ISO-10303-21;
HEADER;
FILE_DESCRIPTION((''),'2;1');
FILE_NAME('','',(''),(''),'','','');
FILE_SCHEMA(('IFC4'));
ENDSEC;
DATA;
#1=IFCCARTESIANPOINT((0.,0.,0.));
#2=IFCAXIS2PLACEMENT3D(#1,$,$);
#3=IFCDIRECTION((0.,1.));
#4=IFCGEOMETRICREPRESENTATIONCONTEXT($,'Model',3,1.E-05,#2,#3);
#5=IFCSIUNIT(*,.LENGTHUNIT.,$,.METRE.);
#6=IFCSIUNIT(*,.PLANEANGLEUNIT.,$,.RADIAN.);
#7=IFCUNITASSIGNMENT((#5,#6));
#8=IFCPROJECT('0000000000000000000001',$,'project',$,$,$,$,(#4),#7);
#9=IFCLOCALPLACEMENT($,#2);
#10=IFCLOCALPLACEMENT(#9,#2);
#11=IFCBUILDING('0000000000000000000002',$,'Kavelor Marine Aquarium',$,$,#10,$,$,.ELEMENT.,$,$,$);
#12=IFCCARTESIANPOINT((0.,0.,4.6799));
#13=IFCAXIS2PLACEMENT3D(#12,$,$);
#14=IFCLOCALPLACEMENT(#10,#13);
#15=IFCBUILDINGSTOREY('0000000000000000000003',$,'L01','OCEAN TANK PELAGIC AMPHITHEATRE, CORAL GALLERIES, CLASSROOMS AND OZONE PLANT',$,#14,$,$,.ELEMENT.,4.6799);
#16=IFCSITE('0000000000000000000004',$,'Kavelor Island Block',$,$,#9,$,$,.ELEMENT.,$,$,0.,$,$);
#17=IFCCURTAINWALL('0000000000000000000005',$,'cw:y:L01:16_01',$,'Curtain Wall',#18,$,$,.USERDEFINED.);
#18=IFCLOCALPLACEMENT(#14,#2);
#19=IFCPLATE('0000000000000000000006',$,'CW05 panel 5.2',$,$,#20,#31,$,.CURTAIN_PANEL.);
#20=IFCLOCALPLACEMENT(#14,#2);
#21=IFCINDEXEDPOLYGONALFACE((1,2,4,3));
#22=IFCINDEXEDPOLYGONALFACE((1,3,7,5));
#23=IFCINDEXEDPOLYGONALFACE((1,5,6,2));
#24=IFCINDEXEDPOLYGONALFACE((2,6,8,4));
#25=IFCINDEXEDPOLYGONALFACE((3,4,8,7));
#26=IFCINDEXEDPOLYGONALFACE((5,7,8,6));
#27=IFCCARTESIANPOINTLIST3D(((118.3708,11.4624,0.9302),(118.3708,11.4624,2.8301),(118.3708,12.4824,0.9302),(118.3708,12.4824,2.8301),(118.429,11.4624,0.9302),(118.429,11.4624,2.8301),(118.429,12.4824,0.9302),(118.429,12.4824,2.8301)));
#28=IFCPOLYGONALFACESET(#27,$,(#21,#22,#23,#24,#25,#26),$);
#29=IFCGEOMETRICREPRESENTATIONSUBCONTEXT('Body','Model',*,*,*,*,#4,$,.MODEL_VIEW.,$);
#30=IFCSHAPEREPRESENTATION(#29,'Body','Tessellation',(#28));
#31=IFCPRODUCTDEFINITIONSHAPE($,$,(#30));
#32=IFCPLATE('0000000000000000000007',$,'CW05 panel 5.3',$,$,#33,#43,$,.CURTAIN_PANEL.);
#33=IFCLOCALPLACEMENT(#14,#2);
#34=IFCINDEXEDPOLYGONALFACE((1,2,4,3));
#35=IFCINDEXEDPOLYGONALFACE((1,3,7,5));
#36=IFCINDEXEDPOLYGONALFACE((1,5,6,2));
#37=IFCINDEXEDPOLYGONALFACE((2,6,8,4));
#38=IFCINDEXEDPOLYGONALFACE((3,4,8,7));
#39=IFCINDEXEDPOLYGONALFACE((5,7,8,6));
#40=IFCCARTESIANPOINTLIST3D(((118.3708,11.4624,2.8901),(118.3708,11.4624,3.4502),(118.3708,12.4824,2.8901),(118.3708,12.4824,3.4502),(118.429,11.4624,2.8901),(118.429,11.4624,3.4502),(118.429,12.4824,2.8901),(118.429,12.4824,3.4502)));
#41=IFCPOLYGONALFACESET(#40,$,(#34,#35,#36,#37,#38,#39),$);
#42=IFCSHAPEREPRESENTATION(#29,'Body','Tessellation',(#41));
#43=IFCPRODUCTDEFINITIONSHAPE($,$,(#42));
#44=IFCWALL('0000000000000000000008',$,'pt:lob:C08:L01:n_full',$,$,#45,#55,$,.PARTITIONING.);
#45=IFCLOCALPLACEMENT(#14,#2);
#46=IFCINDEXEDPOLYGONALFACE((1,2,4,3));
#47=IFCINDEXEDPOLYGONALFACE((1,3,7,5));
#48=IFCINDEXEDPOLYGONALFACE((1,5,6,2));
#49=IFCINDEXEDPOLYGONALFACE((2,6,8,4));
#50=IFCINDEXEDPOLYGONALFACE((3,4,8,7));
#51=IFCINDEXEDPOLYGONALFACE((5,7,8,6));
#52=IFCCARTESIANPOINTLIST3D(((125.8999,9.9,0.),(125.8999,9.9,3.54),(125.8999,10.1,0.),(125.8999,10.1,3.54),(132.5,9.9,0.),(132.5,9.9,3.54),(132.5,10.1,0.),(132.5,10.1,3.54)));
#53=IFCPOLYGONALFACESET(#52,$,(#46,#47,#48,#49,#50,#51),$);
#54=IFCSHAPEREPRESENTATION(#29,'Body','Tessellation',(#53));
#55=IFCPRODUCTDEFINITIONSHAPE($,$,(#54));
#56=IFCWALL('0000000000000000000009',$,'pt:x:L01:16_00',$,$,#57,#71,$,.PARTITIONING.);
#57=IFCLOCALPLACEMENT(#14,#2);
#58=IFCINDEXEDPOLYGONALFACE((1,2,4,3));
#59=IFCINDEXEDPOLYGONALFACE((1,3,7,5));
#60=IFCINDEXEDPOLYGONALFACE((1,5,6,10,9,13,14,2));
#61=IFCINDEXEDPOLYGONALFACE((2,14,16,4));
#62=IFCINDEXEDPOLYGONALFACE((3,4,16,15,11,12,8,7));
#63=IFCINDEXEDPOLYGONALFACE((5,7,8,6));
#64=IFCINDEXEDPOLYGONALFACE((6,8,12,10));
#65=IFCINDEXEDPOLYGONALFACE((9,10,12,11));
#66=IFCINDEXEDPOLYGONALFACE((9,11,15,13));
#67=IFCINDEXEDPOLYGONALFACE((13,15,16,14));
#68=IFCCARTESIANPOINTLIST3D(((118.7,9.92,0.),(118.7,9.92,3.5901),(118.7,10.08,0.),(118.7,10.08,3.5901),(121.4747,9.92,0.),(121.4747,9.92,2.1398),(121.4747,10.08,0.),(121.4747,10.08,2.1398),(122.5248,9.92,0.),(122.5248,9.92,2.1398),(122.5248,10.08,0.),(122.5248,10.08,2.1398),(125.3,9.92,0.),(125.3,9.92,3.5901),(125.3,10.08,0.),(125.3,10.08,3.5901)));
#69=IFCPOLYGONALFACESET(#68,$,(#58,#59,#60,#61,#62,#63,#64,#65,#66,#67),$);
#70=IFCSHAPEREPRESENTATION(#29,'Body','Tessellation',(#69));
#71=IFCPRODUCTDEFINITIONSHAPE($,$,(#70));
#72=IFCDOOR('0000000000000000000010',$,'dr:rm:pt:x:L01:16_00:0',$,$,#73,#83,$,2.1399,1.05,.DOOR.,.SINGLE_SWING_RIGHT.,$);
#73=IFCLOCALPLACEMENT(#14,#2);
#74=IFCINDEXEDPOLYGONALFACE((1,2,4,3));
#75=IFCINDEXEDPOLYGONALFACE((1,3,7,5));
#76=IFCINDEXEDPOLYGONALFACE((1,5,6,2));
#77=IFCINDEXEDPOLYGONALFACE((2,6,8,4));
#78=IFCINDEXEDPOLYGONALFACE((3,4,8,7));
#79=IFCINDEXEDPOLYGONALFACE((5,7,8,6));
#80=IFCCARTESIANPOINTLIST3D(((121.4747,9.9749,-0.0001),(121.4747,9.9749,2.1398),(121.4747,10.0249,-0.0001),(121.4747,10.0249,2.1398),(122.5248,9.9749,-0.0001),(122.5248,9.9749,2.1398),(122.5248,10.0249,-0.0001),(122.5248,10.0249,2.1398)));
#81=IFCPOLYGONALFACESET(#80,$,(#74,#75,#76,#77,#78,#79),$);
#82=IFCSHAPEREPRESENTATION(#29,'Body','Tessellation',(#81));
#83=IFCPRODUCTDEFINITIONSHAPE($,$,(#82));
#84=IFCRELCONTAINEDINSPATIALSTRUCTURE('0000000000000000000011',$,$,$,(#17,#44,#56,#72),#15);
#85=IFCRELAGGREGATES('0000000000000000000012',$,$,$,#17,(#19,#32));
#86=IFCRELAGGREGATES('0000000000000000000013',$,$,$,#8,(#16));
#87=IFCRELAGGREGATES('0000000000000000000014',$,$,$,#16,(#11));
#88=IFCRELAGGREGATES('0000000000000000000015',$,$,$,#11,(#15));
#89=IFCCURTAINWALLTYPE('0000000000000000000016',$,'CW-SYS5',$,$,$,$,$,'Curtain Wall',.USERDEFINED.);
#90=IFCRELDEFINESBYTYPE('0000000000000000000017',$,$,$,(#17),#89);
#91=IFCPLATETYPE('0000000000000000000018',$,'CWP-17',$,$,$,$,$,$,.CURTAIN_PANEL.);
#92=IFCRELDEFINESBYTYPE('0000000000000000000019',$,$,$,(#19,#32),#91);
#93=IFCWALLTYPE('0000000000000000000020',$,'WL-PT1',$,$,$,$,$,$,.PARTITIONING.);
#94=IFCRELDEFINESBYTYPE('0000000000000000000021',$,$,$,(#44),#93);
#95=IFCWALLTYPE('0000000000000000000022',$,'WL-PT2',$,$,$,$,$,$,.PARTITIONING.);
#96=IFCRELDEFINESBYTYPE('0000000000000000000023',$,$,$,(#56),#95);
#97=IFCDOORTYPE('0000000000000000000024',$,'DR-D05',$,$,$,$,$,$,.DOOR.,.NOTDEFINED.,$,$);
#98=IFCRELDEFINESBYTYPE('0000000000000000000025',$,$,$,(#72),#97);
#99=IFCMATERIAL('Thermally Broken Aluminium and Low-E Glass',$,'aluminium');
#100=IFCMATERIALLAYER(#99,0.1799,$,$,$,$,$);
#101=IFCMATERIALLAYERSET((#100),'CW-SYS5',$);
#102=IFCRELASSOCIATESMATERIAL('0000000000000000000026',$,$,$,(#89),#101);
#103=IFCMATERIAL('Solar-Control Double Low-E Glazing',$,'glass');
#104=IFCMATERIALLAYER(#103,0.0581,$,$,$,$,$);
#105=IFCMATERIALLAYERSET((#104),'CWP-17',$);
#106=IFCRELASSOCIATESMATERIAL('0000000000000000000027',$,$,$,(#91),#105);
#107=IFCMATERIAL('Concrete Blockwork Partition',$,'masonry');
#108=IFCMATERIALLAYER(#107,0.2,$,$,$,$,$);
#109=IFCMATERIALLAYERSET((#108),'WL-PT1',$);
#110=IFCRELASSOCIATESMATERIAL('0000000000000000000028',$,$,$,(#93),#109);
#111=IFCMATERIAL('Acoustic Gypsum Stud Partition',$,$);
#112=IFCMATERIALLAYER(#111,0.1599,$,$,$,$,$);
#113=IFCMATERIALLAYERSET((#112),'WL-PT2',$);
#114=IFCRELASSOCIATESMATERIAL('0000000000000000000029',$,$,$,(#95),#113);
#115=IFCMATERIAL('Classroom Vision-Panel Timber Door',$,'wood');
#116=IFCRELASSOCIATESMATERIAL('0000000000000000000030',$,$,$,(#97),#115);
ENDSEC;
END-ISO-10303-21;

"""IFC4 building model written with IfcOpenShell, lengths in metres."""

from ifc_helpers import new_model, si_unit, direction, frame, frame_2d, origin, origin_2d, place, context, subcontext, project, spatial, rectangle, extrude, material, layer, layer_set, type_object, element, fill, aggregate, save


model = new_model("IFC4")

# Units and contexts
model_context = context("Model", 3, precision=1e-05, world=origin(), true_north=direction((0.0, 1.0)))
body_context = subcontext(model_context, "Body", "Model", "MODEL_VIEW")
ifc_project = project(units=[si_unit("LENGTHUNIT", "METRE"), si_unit("PLANEANGLEUNIT", "RADIAN")], contexts=[model_context])

# Site, building, storey
site_placement = place(None, origin())
site = spatial("IfcSite", under=ifc_project, at=site_placement, Name="Kavelor Island Block", CompositionType="ELEMENT", RefElevation=0.0)
building_placement = place(site_placement, origin())
building = spatial("IfcBuilding", under=site, at=building_placement, Name="Kavelor Marine Aquarium", CompositionType="ELEMENT")
storey_placement = place(building_placement, frame((0.0, 0.0, 4.6799)))
storey = spatial("IfcBuildingStorey", under=building, at=storey_placement, Name="L01", Description="OCEAN TANK PELAGIC AMPHITHEATRE, CORAL GALLERIES, CLASSROOMS AND OZONE PLANT", CompositionType="ELEMENT", Elevation=4.6799)

# Curtain wall
ifc_material_1 = material(Name="Thermally Broken Aluminium and Low-E Glass", Category="aluminium")
ifc_layer_1 = layer(ifc_material_1, 0.1799)
ifc_layer_set_1 = layer_set([ifc_layer_1], Name="CW-SYS5")
curtain_wall_type = type_object("IfcCurtainWallType", Name="CW-SYS5", ElementType="Curtain Wall", PredefinedType="USERDEFINED", material=ifc_layer_set_1)
curtain_wall_placement = place(storey_placement, origin())
curtain_wall = element("IfcCurtainWall", 1, at=curtain_wall_placement, inside=storey, type_object=curtain_wall_type, Name="cw:y:L01:16_01", ObjectType="Curtain Wall", PredefinedType="USERDEFINED")

# Plates
ifc_material_2 = material(Name="Solar-Control Double Low-E Glazing", Category="glass")
ifc_layer_2 = layer(ifc_material_2, 0.0581)
ifc_layer_set_2 = layer_set([ifc_layer_2], Name="CWP-17")
plate_type = type_object("IfcPlateType", Name="CWP-17", PredefinedType="CURTAIN_PANEL", material=ifc_layer_set_2)
plate_1_placement = place(storey_placement, frame((118.3999, 11.9724, 0.9302), z_axis=(0.0, 0.0, 1.0), x_axis=(0.0, -1.0, 0.0)))
plate_1 = element("IfcPlate", 2, at=plate_1_placement, type_object=plate_type, Name="CW05 panel 5.2", PredefinedType="CURTAIN_PANEL", context=body_context, shape_type="SweptSolid", body=[
    extrude(rectangle(XDim=1.02, YDim=0.0581, at=origin_2d()), origin(), (0.0, 0.0, 1.0), 1.8999),
])
plate_2_placement = place(storey_placement, frame((118.3999, 11.9724, 2.8901), z_axis=(0.0, 0.0, 1.0), x_axis=(0.0, -1.0, 0.0)))
plate_2 = element("IfcPlate", 3, at=plate_2_placement, type_object=plate_type, Name="CW05 panel 5.3", PredefinedType="CURTAIN_PANEL", context=body_context, shape_type="SweptSolid", body=[
    extrude(rectangle(XDim=1.02, YDim=0.0581, at=origin_2d()), origin(), (0.0, 0.0, 1.0), 0.5601),
])
aggregate(curtain_wall, [plate_1, plate_2])

# Wall
ifc_material_3 = material(Name="Concrete Blockwork Partition", Category="masonry")
ifc_layer_3 = layer(ifc_material_3, 0.2)
ifc_layer_set_3 = layer_set([ifc_layer_3], Name="WL-PT1")
wall_type_1 = type_object("IfcWallType", Name="WL-PT1", PredefinedType="PARTITIONING", material=ifc_layer_set_3)
wall_1_placement = place(storey_placement, frame((125.8999, 10.0, 0.0), z_axis=(0.0, 0.0, 1.0), x_axis=(1.0, 0.0, 0.0)))
element("IfcWall", 4, at=wall_1_placement, inside=storey, type_object=wall_type_1, Name="pt:lob:C08:L01:n_full", PredefinedType="PARTITIONING", context=body_context, shape_type="SweptSolid", body=[
    extrude(rectangle(XDim=6.6001, YDim=0.2, at=frame_2d((3.3, 0.0))), origin(), (0.0, 0.0, 1.0), 3.54),
])

# Wall, opening, door
ifc_material_4 = material(Name="Acoustic Gypsum Stud Partition")
ifc_layer_4 = layer(ifc_material_4, 0.1599)
ifc_layer_set_4 = layer_set([ifc_layer_4], Name="WL-PT2")
wall_type_2 = type_object("IfcWallType", Name="WL-PT2", PredefinedType="PARTITIONING", material=ifc_layer_set_4)
wall_2_placement = place(storey_placement, frame((118.7, 10.0, 0.0), z_axis=(0.0, 0.0, 1.0), x_axis=(1.0, 0.0, 0.0)))
wall_2 = element("IfcWall", 5, at=wall_2_placement, inside=storey, type_object=wall_type_2, Name="pt:x:L01:16_00", PredefinedType="PARTITIONING", context=body_context, shape_type="SweptSolid", body=[
    extrude(rectangle(XDim=6.6001, YDim=0.1599, at=frame_2d((3.3, 0.0))), origin(), (0.0, 0.0, 1.0), 3.5901),
])
opening_placement = place(wall_2_placement, frame((2.7749, 0.0, 0.0)))
opening = element("IfcOpeningElement", 6, at=opening_placement, cuts=wall_2, PredefinedType="OPENING", context=body_context, shape_type="SweptSolid", body=[
    extrude(rectangle(XDim=1.05, YDim=2.1399, at=frame_2d((0.5249, 1.0698))), frame((0.0, 0.0898, 0.0), z_axis=(0.0, -1.0, 0.0), x_axis=(1.0, 0.0, 0.0)), (0.0, 0.0, 1.0), 0.1799),
])
ifc_material_5 = material(Name="Classroom Vision-Panel Timber Door", Category="wood")
door_type = type_object("IfcDoorType", Name="DR-D05", OperationType="NOTDEFINED", PredefinedType="DOOR", material=ifc_material_5)
door_placement = place(opening_placement, origin())
door = element("IfcDoor", 7, at=door_placement, inside=storey, type_object=door_type, Name="dr:rm:pt:x:L01:16_00:0", OperationType="SINGLE_SWING_RIGHT", OverallHeight=2.1399, OverallWidth=1.05, PredefinedType="DOOR", context=body_context, shape_type="SweptSolid", body=[
    extrude(rectangle(XDim=1.05, YDim=2.1399, at=frame_2d((0.5249, 1.0698))), frame((0.0, 0.0249, 0.0), z_axis=(0.0, -1.0, 0.0), x_axis=(1.0, 0.0, 0.0)), (0.0, 0.0, 1.0), 0.05),
])
fill(opening, door)

save(model, "model.ifc")
